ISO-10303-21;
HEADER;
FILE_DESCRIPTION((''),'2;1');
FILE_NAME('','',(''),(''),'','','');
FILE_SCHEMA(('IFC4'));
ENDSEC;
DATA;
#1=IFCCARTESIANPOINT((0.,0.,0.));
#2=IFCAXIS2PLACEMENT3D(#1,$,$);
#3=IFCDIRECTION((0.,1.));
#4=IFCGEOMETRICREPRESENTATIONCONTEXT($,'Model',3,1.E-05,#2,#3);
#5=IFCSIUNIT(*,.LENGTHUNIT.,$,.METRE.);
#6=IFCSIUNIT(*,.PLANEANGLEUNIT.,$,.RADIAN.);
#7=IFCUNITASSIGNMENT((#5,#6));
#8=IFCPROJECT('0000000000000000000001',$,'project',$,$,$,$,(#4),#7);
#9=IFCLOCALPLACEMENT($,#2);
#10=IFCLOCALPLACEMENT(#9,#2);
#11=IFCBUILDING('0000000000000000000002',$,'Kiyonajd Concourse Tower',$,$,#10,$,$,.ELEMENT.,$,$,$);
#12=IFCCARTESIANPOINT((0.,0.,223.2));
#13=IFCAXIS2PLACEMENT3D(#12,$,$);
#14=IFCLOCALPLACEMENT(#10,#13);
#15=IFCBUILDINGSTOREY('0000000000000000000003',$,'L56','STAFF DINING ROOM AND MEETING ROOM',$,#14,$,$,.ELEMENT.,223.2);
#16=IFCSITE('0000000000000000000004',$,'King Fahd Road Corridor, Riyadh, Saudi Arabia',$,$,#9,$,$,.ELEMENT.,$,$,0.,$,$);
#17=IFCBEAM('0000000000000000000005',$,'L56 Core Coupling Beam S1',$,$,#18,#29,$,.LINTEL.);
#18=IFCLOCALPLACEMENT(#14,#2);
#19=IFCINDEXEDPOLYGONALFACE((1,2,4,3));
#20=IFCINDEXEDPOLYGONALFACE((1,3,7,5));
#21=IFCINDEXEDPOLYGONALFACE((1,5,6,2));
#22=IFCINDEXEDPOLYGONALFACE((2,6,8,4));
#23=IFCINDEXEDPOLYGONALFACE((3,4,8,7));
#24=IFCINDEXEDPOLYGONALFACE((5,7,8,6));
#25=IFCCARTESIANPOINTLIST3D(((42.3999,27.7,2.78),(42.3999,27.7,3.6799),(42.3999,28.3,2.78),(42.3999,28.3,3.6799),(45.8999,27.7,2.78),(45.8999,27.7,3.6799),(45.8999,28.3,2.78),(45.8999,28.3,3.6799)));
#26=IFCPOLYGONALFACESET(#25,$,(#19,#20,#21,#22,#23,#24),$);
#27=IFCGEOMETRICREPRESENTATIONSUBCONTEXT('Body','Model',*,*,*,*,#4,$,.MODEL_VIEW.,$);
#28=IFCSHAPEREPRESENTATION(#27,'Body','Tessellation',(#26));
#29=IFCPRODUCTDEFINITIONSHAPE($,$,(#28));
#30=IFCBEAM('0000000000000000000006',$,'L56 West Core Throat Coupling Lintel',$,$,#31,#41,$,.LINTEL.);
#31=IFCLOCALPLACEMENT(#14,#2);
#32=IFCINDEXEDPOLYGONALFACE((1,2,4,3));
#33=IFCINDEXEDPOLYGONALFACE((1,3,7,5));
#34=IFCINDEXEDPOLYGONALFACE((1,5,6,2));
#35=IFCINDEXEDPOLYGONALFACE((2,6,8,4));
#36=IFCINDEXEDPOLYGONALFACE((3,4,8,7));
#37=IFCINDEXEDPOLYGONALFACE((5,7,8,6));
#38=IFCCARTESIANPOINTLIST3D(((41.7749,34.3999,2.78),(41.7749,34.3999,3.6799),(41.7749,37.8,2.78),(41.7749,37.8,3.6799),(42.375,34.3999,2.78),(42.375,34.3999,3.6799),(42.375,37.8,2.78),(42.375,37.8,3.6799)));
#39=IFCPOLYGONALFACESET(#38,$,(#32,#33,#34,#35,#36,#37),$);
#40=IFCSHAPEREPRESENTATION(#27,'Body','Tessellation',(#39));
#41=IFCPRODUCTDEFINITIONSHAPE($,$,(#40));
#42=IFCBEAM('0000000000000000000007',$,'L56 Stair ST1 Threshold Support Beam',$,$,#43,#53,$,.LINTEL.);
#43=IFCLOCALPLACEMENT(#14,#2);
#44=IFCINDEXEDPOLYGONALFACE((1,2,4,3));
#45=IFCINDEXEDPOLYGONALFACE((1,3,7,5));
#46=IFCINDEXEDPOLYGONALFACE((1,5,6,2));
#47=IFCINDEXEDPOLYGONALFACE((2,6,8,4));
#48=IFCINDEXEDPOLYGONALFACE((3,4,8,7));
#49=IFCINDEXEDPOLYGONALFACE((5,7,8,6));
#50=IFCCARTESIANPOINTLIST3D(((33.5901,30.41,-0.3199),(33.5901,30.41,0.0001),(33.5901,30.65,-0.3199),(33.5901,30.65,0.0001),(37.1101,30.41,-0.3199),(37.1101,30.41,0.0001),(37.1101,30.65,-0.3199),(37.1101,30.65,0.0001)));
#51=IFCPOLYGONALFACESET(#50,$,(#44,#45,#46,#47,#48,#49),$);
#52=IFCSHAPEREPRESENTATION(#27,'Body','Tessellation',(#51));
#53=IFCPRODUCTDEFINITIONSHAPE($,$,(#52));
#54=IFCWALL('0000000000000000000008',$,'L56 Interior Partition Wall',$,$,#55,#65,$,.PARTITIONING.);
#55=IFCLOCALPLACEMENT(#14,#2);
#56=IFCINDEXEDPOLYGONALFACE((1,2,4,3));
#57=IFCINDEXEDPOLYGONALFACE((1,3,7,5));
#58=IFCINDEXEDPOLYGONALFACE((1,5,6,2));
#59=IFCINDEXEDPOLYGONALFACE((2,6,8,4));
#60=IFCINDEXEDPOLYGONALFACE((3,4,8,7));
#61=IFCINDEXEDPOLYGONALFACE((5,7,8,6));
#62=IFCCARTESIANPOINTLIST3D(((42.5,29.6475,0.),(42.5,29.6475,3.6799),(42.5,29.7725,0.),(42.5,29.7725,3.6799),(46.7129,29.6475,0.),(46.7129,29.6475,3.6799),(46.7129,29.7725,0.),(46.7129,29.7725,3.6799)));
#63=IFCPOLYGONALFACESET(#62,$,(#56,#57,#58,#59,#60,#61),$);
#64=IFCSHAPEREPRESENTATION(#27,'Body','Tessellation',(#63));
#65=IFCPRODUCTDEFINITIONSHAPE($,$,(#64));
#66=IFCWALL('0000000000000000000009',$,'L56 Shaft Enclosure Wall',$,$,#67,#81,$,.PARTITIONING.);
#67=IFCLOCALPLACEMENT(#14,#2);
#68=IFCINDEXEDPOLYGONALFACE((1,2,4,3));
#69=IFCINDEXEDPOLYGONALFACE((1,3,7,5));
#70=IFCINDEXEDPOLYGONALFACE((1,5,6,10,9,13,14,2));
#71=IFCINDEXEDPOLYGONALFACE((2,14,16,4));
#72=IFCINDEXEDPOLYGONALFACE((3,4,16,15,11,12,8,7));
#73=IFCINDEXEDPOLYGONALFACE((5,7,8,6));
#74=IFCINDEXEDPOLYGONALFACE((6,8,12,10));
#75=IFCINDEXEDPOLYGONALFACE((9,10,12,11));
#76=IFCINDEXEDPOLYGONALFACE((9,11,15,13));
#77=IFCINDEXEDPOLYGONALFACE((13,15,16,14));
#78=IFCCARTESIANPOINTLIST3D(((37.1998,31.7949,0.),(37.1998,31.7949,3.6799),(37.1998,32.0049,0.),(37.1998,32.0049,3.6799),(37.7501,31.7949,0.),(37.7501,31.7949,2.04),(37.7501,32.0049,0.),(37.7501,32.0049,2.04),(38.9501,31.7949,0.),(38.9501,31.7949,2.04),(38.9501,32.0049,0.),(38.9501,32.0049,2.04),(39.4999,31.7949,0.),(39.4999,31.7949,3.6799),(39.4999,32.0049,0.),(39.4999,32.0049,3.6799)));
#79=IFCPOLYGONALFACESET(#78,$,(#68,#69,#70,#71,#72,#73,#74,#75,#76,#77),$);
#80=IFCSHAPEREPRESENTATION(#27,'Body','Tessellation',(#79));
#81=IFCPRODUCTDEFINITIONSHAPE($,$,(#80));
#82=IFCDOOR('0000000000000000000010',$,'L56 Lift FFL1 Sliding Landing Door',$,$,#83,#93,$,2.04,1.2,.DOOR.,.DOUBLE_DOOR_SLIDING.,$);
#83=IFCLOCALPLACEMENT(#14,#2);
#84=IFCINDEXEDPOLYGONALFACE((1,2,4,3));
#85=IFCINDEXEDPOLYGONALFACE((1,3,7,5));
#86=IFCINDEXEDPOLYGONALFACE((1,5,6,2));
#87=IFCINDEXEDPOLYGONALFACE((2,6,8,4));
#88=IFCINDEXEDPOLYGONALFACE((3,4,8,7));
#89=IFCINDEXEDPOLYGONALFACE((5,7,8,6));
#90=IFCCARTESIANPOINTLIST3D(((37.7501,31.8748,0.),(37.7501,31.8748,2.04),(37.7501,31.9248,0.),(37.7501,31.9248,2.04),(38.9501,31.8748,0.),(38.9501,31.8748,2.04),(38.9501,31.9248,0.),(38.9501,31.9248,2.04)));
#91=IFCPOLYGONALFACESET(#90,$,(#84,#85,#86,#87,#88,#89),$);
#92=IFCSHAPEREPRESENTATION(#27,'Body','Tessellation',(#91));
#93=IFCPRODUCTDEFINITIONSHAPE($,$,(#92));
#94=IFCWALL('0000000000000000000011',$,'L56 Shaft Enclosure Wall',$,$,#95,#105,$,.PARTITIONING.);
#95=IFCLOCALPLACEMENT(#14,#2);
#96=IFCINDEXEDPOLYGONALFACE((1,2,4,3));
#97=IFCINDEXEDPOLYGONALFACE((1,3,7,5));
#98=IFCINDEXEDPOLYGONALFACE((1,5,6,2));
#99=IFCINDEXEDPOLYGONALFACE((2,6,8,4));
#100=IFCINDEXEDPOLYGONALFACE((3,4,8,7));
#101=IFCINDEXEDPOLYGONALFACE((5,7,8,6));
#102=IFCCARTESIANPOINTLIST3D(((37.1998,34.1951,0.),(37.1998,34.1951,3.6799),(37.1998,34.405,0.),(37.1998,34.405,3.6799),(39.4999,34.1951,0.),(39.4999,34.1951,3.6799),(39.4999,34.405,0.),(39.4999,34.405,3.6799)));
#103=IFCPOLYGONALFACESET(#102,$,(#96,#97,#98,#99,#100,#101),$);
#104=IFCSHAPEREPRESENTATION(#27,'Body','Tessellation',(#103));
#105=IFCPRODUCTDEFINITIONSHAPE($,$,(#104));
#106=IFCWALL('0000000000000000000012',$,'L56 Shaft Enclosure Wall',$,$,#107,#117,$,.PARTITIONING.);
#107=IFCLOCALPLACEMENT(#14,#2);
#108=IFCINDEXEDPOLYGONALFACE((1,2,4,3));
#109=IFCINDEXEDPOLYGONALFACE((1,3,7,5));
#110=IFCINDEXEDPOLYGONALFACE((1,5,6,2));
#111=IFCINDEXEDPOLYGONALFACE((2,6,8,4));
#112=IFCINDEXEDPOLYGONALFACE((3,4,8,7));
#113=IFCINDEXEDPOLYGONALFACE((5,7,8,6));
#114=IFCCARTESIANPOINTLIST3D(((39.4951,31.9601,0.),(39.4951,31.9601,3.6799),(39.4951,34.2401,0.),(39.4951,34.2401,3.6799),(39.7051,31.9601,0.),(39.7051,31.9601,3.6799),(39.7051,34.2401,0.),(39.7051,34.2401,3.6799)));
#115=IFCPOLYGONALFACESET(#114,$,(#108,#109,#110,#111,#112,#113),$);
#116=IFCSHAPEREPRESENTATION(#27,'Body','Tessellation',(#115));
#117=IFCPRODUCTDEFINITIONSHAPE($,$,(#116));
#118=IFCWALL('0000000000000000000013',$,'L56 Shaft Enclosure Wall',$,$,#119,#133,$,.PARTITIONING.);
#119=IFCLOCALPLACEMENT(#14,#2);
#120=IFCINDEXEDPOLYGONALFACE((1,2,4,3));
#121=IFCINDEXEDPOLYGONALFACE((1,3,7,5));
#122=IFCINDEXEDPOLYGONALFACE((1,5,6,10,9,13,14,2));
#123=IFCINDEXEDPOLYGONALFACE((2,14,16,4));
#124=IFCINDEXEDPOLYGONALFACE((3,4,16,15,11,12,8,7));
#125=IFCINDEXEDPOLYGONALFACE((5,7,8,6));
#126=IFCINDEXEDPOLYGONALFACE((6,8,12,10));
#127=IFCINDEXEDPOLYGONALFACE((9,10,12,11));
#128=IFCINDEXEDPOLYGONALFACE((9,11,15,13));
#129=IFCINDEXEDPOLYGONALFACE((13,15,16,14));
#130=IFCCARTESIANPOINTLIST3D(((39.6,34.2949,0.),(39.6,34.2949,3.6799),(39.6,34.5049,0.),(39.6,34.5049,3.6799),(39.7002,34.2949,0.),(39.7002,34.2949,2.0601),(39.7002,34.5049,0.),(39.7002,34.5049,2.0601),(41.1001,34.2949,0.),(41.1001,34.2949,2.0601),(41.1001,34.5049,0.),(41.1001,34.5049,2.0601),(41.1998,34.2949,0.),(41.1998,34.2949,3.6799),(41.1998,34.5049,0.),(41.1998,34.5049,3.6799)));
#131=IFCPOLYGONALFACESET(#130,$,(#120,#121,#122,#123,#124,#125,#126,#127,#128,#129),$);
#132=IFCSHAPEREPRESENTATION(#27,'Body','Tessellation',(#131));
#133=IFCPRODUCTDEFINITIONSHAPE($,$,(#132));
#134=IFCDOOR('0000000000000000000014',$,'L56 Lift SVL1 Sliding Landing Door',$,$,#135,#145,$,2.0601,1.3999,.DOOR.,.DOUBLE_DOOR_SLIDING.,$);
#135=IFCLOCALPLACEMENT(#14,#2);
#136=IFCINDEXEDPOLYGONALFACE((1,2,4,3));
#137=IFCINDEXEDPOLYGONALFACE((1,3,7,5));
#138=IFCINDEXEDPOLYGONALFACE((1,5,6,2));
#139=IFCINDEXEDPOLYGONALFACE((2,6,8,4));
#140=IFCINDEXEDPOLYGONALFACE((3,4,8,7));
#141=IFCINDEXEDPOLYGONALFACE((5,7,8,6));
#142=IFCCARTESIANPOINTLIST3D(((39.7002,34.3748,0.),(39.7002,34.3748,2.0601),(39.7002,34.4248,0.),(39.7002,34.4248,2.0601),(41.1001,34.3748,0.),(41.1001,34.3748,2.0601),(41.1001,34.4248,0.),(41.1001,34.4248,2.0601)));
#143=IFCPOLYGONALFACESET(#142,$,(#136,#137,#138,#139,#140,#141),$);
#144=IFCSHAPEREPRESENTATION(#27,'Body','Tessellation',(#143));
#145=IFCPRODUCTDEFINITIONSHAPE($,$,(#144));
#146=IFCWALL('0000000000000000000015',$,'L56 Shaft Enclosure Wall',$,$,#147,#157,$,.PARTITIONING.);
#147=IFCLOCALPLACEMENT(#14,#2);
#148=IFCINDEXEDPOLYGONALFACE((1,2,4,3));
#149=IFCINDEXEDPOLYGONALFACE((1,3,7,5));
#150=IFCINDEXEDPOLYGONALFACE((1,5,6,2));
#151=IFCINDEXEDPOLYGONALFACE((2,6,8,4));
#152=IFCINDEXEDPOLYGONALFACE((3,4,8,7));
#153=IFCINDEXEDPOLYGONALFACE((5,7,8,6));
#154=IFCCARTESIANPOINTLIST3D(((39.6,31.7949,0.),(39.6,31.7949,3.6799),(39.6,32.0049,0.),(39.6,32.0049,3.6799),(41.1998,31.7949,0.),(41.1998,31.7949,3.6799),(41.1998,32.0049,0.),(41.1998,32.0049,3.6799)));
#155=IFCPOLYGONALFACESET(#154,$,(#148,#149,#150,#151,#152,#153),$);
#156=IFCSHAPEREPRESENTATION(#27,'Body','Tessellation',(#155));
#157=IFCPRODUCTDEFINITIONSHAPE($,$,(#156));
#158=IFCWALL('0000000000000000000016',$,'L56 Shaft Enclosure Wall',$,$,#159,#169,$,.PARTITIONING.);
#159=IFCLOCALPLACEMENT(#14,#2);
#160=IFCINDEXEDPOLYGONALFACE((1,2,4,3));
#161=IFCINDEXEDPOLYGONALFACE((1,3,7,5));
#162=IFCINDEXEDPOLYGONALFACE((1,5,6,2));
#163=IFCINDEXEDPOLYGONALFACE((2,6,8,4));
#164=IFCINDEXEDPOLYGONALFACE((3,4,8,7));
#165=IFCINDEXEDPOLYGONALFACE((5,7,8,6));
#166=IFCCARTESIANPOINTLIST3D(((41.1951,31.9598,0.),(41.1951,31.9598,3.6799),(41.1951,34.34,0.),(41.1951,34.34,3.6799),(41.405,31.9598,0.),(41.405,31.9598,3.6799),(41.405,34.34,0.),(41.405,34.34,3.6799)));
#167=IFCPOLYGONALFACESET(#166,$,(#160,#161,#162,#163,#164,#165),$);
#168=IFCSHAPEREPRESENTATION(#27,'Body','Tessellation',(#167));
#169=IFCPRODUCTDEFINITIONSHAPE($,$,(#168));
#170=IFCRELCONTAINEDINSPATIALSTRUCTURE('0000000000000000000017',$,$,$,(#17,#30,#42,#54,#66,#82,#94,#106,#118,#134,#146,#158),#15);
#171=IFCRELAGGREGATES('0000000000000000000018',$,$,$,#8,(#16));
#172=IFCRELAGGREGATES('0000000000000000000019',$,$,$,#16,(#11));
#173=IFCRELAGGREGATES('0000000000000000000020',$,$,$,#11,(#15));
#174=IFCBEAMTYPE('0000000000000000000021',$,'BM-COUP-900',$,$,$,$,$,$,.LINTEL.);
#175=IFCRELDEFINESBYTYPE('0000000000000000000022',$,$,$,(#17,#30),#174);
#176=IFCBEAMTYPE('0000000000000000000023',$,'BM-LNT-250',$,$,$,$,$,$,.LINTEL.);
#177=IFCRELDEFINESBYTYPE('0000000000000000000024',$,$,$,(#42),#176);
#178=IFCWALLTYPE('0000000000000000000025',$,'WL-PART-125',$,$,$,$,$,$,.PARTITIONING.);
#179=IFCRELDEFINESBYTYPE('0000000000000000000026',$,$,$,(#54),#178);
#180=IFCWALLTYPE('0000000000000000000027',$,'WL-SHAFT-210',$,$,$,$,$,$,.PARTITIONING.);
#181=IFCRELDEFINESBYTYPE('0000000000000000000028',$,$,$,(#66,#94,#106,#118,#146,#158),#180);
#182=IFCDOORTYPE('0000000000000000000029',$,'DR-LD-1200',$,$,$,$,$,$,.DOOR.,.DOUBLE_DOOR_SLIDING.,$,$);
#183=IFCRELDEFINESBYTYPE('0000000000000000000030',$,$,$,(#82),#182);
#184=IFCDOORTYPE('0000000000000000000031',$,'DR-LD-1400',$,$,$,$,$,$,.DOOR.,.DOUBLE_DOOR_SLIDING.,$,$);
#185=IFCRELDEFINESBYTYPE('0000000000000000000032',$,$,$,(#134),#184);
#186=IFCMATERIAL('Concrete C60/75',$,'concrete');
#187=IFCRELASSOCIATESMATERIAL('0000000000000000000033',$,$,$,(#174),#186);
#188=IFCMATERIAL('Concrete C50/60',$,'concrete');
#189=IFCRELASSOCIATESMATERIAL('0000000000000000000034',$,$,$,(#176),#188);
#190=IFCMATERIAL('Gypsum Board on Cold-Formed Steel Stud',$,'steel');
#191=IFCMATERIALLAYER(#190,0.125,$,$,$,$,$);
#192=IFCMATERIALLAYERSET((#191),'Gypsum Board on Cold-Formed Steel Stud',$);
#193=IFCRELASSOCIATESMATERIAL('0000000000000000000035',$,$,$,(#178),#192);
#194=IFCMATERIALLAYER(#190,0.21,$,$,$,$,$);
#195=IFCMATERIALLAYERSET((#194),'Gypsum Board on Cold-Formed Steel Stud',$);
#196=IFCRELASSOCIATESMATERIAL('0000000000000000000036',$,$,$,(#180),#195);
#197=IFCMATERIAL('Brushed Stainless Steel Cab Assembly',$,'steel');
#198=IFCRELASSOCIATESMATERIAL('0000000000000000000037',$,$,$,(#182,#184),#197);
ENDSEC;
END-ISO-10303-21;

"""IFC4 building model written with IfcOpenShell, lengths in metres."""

from ifc_helpers import new_model, si_unit, direction, frame, frame_2d, origin, origin_2d, place, context, subcontext, project, spatial, rectangle, extrude, material, layer, layer_set, material_profile, profile_set, type_object, element, fill, save


model = new_model("IFC4")

# Units and contexts
model_context = context("Model", 3, precision=1e-05, world=origin(), true_north=direction((0.0, 1.0)))
body_context = subcontext(model_context, "Body", "Model", "MODEL_VIEW")
ifc_project = project(units=[si_unit("LENGTHUNIT", "METRE"), si_unit("PLANEANGLEUNIT", "RADIAN")], contexts=[model_context])

# Site, building, storey
site_placement = place(None, origin())
site = spatial("IfcSite", under=ifc_project, at=site_placement, Name="King Fahd Road Corridor, Riyadh, Saudi Arabia", CompositionType="ELEMENT", RefElevation=0.0)
building_placement = place(site_placement, origin())
building = spatial("IfcBuilding", under=site, at=building_placement, Name="Kiyonajd Concourse Tower", CompositionType="ELEMENT")
storey_placement = place(building_placement, frame((0.0, 0.0, 223.2)))
storey = spatial("IfcBuildingStorey", under=building, at=storey_placement, Name="L56", Description="STAFF DINING ROOM AND MEETING ROOM", CompositionType="ELEMENT", Elevation=223.2)

# Beams
ifc_material_1 = material(Name="Concrete C60/75", Category="concrete")
ifc_material_profile_1 = material_profile(ifc_material_1, rectangle(XDim=0.6001, YDim=0.8999, at=origin_2d()), Name="RCBM-600x900")
ifc_profile_set_1 = profile_set([ifc_material_profile_1], Name="Concrete C60/75")
beam_type_1 = type_object("IfcBeamType", Name="BM-COUP-900", PredefinedType="LINTEL", material=ifc_profile_set_1)
beam_1_placement = place(storey_placement, frame((42.3999, 28.0, 3.23), z_axis=(1.0, 0.0, 0.0), x_axis=(0.0, 1.0, 0.0)))
element("IfcBeam", 1, at=beam_1_placement, inside=storey, type_object=beam_type_1, Name="L56 Core Coupling Beam S1", PredefinedType="LINTEL", context=body_context, shape_type="SweptSolid", body=[
    extrude(rectangle(XDim=0.6001, YDim=0.8999, at=origin_2d()), origin(), (0.0, 0.0, 1.0), 3.5),
])
beam_2_placement = place(storey_placement, frame((42.075, 34.3999, 3.23), z_axis=(0.0, 1.0, 0.0), x_axis=(-1.0, 0.0, 0.0)))
element("IfcBeam", 2, at=beam_2_placement, inside=storey, type_object=beam_type_1, Name="L56 West Core Throat Coupling Lintel", PredefinedType="LINTEL", context=body_context, shape_type="SweptSolid", body=[
    extrude(rectangle(XDim=0.6001, YDim=0.8999, at=origin_2d()), origin(), (0.0, 0.0, 1.0), 3.4001),
])
ifc_material_2 = material(Name="Concrete C50/60", Category="concrete")
ifc_material_profile_2 = material_profile(ifc_material_2, rectangle(XDim=0.24, YDim=0.3201, at=origin_2d()), Name="RCBM-240x320")
ifc_profile_set_2 = profile_set([ifc_material_profile_2], Name="Concrete C50/60")
beam_type_2 = type_object("IfcBeamType", Name="BM-LNT-250", PredefinedType="LINTEL", material=ifc_profile_set_2)
beam_3_placement = place(storey_placement, frame((33.5901, 30.53, -0.1599), z_axis=(1.0, 0.0, 0.0), x_axis=(0.0, 1.0, 0.0)))
element("IfcBeam", 3, at=beam_3_placement, inside=storey, type_object=beam_type_2, Name="L56 Stair ST1 Threshold Support Beam", PredefinedType="LINTEL", context=body_context, shape_type="SweptSolid", body=[
    extrude(rectangle(XDim=0.24, YDim=0.3201, at=origin_2d()), origin(), (0.0, 0.0, 1.0), 3.52),
])

# Wall
ifc_material_3 = material(Name="Gypsum Board on Cold-Formed Steel Stud", Category="steel")
ifc_layer_1 = layer(ifc_material_3, 0.125)
ifc_layer_set_1 = layer_set([ifc_layer_1], Name="Gypsum Board on Cold-Formed Steel Stud")
wall_type_1 = type_object("IfcWallType", Name="WL-PART-125", PredefinedType="PARTITIONING", material=ifc_layer_set_1)
wall_1_placement = place(storey_placement, frame((42.5, 29.71, 0.0), z_axis=(0.0, 0.0, 1.0), x_axis=(1.0, 0.0, 0.0)))
element("IfcWall", 4, at=wall_1_placement, inside=storey, type_object=wall_type_1, Name="L56 Interior Partition Wall", PredefinedType="PARTITIONING", context=body_context, shape_type="SweptSolid", body=[
    extrude(rectangle(XDim=4.2129, YDim=0.125, at=frame_2d((2.1064, 0.0))), origin(), (0.0, 0.0, 1.0), 3.6799),
])

# Wall, opening, door
ifc_layer_2 = layer(ifc_material_3, 0.21)
ifc_layer_set_2 = layer_set([ifc_layer_2], Name="Gypsum Board on Cold-Formed Steel Stud")
wall_type_2 = type_object("IfcWallType", Name="WL-SHAFT-210", PredefinedType="PARTITIONING", material=ifc_layer_set_2)
wall_2_placement = place(storey_placement, frame((37.2, 31.8999, 0.0), z_axis=(0.0, 0.0, 1.0), x_axis=(1.0, 0.0, 0.0)))
wall_2 = element("IfcWall", 5, at=wall_2_placement, inside=storey, type_object=wall_type_2, Name="L56 Shaft Enclosure Wall", PredefinedType="PARTITIONING", context=body_context, shape_type="SweptSolid", body=[
    extrude(rectangle(XDim=2.3, YDim=0.21, at=frame_2d((1.1499, 0.0))), origin(), (0.0, 0.0, 1.0), 3.6799),
])
opening_1_placement = place(wall_2_placement, frame((0.55, 0.0, 0.0)))
opening_1 = element("IfcOpeningElement", 6, at=opening_1_placement, cuts=wall_2, PredefinedType="OPENING", context=body_context, shape_type="SweptSolid", body=[
    extrude(rectangle(XDim=1.2, YDim=2.04, at=frame_2d((0.6001, 1.02))), frame((0.0, 0.115, 0.0), z_axis=(0.0, -1.0, 0.0), x_axis=(1.0, 0.0, 0.0)), (0.0, 0.0, 1.0), 0.23),
])
ifc_material_4 = material(Name="Brushed Stainless Steel Cab Assembly", Category="steel")
door_type_1 = type_object("IfcDoorType", Name="DR-LD-1200", OperationType="DOUBLE_DOOR_SLIDING", PredefinedType="DOOR", material=ifc_material_4)
door_1_placement = place(opening_1_placement, origin())
door_1 = element("IfcDoor", 7, at=door_1_placement, inside=storey, type_object=door_type_1, Name="L56 Lift FFL1 Sliding Landing Door", OperationType="DOUBLE_DOOR_SLIDING", OverallHeight=2.04, OverallWidth=1.2, PredefinedType="DOOR", context=body_context, shape_type="SweptSolid", body=[
    extrude(rectangle(XDim=1.2, YDim=2.04, at=frame_2d((0.6001, 1.02))), frame((0.0, 0.0249, 0.0), z_axis=(0.0, -1.0, 0.0), x_axis=(1.0, 0.0, 0.0)), (0.0, 0.0, 1.0), 0.05),
])
fill(opening_1, door_1)

# Walls
wall_3_placement = place(storey_placement, frame((37.2, 34.3, 0.0), z_axis=(0.0, 0.0, 1.0), x_axis=(1.0, 0.0, 0.0)))
element("IfcWall", 8, at=wall_3_placement, inside=storey, type_object=wall_type_2, Name="L56 Shaft Enclosure Wall", PredefinedType="PARTITIONING", context=body_context, shape_type="SweptSolid", body=[
    extrude(rectangle(XDim=2.3, YDim=0.21, at=frame_2d((1.1499, 0.0))), origin(), (0.0, 0.0, 1.0), 3.6799),
])
wall_4_placement = place(storey_placement, frame((39.6001, 31.96, 0.0), z_axis=(0.0, 0.0, 1.0), x_axis=(0.0, 1.0, 0.0)))
element("IfcWall", 9, at=wall_4_placement, inside=storey, type_object=wall_type_2, Name="L56 Shaft Enclosure Wall", PredefinedType="PARTITIONING", context=body_context, shape_type="SweptSolid", body=[
    extrude(rectangle(XDim=2.28, YDim=0.21, at=frame_2d((1.1401, 0.0))), origin(), (0.0, 0.0, 1.0), 3.6799),
])

# Wall, opening, door
wall_5_placement = place(storey_placement, frame((39.6001, 34.3999, 0.0), z_axis=(0.0, 0.0, 1.0), x_axis=(1.0, 0.0, 0.0)))
wall_5 = element("IfcWall", 10, at=wall_5_placement, inside=storey, type_object=wall_type_2, Name="L56 Shaft Enclosure Wall", PredefinedType="PARTITIONING", context=body_context, shape_type="SweptSolid", body=[
    extrude(rectangle(XDim=1.5999, YDim=0.21, at=frame_2d((0.7998, 0.0))), origin(), (0.0, 0.0, 1.0), 3.6799),
])
opening_2_placement = place(wall_5_placement, frame((0.1001, 0.0, 0.0)))
opening_2 = element("IfcOpeningElement", 11, at=opening_2_placement, cuts=wall_5, PredefinedType="OPENING", context=body_context, shape_type="SweptSolid", body=[
    extrude(rectangle(XDim=1.3999, YDim=2.0601, at=frame_2d((0.7, 1.03))), frame((0.0, 0.115, 0.0), z_axis=(0.0, -1.0, 0.0), x_axis=(1.0, 0.0, 0.0)), (0.0, 0.0, 1.0), 0.23),
])
door_type_2 = type_object("IfcDoorType", Name="DR-LD-1400", OperationType="DOUBLE_DOOR_SLIDING", PredefinedType="DOOR", material=ifc_material_4)
door_2_placement = place(opening_2_placement, origin())
door_2 = element("IfcDoor", 12, at=door_2_placement, inside=storey, type_object=door_type_2, Name="L56 Lift SVL1 Sliding Landing Door", OperationType="DOUBLE_DOOR_SLIDING", OverallHeight=2.0601, OverallWidth=1.3999, PredefinedType="DOOR", context=body_context, shape_type="SweptSolid", body=[
    extrude(rectangle(XDim=1.3999, YDim=2.0601, at=frame_2d((0.7, 1.03))), frame((0.0, 0.0249, 0.0), z_axis=(0.0, -1.0, 0.0), x_axis=(1.0, 0.0, 0.0)), (0.0, 0.0, 1.0), 0.05),
])
fill(opening_2, door_2)

# Walls
wall_6_placement = place(storey_placement, frame((39.6001, 31.8999, 0.0), z_axis=(0.0, 0.0, 1.0), x_axis=(1.0, 0.0, 0.0)))
element("IfcWall", 13, at=wall_6_placement, inside=storey, type_object=wall_type_2, Name="L56 Shaft Enclosure Wall", PredefinedType="PARTITIONING", context=body_context, shape_type="SweptSolid", body=[
    extrude(rectangle(XDim=1.5999, YDim=0.21, at=frame_2d((0.7998, 0.0))), origin(), (0.0, 0.0, 1.0), 3.6799),
])
wall_7_placement = place(storey_placement, frame((41.3, 31.96, 0.0), z_axis=(0.0, 0.0, 1.0), x_axis=(0.0, 1.0, 0.0)))
element("IfcWall", 14, at=wall_7_placement, inside=storey, type_object=wall_type_2, Name="L56 Shaft Enclosure Wall", PredefinedType="PARTITIONING", context=body_context, shape_type="SweptSolid", body=[
    extrude(rectangle(XDim=2.3801, YDim=0.21, at=frame_2d((1.1899, 0.0))), origin(), (0.0, 0.0, 1.0), 3.6799),
])

save(model, "model.ifc")
